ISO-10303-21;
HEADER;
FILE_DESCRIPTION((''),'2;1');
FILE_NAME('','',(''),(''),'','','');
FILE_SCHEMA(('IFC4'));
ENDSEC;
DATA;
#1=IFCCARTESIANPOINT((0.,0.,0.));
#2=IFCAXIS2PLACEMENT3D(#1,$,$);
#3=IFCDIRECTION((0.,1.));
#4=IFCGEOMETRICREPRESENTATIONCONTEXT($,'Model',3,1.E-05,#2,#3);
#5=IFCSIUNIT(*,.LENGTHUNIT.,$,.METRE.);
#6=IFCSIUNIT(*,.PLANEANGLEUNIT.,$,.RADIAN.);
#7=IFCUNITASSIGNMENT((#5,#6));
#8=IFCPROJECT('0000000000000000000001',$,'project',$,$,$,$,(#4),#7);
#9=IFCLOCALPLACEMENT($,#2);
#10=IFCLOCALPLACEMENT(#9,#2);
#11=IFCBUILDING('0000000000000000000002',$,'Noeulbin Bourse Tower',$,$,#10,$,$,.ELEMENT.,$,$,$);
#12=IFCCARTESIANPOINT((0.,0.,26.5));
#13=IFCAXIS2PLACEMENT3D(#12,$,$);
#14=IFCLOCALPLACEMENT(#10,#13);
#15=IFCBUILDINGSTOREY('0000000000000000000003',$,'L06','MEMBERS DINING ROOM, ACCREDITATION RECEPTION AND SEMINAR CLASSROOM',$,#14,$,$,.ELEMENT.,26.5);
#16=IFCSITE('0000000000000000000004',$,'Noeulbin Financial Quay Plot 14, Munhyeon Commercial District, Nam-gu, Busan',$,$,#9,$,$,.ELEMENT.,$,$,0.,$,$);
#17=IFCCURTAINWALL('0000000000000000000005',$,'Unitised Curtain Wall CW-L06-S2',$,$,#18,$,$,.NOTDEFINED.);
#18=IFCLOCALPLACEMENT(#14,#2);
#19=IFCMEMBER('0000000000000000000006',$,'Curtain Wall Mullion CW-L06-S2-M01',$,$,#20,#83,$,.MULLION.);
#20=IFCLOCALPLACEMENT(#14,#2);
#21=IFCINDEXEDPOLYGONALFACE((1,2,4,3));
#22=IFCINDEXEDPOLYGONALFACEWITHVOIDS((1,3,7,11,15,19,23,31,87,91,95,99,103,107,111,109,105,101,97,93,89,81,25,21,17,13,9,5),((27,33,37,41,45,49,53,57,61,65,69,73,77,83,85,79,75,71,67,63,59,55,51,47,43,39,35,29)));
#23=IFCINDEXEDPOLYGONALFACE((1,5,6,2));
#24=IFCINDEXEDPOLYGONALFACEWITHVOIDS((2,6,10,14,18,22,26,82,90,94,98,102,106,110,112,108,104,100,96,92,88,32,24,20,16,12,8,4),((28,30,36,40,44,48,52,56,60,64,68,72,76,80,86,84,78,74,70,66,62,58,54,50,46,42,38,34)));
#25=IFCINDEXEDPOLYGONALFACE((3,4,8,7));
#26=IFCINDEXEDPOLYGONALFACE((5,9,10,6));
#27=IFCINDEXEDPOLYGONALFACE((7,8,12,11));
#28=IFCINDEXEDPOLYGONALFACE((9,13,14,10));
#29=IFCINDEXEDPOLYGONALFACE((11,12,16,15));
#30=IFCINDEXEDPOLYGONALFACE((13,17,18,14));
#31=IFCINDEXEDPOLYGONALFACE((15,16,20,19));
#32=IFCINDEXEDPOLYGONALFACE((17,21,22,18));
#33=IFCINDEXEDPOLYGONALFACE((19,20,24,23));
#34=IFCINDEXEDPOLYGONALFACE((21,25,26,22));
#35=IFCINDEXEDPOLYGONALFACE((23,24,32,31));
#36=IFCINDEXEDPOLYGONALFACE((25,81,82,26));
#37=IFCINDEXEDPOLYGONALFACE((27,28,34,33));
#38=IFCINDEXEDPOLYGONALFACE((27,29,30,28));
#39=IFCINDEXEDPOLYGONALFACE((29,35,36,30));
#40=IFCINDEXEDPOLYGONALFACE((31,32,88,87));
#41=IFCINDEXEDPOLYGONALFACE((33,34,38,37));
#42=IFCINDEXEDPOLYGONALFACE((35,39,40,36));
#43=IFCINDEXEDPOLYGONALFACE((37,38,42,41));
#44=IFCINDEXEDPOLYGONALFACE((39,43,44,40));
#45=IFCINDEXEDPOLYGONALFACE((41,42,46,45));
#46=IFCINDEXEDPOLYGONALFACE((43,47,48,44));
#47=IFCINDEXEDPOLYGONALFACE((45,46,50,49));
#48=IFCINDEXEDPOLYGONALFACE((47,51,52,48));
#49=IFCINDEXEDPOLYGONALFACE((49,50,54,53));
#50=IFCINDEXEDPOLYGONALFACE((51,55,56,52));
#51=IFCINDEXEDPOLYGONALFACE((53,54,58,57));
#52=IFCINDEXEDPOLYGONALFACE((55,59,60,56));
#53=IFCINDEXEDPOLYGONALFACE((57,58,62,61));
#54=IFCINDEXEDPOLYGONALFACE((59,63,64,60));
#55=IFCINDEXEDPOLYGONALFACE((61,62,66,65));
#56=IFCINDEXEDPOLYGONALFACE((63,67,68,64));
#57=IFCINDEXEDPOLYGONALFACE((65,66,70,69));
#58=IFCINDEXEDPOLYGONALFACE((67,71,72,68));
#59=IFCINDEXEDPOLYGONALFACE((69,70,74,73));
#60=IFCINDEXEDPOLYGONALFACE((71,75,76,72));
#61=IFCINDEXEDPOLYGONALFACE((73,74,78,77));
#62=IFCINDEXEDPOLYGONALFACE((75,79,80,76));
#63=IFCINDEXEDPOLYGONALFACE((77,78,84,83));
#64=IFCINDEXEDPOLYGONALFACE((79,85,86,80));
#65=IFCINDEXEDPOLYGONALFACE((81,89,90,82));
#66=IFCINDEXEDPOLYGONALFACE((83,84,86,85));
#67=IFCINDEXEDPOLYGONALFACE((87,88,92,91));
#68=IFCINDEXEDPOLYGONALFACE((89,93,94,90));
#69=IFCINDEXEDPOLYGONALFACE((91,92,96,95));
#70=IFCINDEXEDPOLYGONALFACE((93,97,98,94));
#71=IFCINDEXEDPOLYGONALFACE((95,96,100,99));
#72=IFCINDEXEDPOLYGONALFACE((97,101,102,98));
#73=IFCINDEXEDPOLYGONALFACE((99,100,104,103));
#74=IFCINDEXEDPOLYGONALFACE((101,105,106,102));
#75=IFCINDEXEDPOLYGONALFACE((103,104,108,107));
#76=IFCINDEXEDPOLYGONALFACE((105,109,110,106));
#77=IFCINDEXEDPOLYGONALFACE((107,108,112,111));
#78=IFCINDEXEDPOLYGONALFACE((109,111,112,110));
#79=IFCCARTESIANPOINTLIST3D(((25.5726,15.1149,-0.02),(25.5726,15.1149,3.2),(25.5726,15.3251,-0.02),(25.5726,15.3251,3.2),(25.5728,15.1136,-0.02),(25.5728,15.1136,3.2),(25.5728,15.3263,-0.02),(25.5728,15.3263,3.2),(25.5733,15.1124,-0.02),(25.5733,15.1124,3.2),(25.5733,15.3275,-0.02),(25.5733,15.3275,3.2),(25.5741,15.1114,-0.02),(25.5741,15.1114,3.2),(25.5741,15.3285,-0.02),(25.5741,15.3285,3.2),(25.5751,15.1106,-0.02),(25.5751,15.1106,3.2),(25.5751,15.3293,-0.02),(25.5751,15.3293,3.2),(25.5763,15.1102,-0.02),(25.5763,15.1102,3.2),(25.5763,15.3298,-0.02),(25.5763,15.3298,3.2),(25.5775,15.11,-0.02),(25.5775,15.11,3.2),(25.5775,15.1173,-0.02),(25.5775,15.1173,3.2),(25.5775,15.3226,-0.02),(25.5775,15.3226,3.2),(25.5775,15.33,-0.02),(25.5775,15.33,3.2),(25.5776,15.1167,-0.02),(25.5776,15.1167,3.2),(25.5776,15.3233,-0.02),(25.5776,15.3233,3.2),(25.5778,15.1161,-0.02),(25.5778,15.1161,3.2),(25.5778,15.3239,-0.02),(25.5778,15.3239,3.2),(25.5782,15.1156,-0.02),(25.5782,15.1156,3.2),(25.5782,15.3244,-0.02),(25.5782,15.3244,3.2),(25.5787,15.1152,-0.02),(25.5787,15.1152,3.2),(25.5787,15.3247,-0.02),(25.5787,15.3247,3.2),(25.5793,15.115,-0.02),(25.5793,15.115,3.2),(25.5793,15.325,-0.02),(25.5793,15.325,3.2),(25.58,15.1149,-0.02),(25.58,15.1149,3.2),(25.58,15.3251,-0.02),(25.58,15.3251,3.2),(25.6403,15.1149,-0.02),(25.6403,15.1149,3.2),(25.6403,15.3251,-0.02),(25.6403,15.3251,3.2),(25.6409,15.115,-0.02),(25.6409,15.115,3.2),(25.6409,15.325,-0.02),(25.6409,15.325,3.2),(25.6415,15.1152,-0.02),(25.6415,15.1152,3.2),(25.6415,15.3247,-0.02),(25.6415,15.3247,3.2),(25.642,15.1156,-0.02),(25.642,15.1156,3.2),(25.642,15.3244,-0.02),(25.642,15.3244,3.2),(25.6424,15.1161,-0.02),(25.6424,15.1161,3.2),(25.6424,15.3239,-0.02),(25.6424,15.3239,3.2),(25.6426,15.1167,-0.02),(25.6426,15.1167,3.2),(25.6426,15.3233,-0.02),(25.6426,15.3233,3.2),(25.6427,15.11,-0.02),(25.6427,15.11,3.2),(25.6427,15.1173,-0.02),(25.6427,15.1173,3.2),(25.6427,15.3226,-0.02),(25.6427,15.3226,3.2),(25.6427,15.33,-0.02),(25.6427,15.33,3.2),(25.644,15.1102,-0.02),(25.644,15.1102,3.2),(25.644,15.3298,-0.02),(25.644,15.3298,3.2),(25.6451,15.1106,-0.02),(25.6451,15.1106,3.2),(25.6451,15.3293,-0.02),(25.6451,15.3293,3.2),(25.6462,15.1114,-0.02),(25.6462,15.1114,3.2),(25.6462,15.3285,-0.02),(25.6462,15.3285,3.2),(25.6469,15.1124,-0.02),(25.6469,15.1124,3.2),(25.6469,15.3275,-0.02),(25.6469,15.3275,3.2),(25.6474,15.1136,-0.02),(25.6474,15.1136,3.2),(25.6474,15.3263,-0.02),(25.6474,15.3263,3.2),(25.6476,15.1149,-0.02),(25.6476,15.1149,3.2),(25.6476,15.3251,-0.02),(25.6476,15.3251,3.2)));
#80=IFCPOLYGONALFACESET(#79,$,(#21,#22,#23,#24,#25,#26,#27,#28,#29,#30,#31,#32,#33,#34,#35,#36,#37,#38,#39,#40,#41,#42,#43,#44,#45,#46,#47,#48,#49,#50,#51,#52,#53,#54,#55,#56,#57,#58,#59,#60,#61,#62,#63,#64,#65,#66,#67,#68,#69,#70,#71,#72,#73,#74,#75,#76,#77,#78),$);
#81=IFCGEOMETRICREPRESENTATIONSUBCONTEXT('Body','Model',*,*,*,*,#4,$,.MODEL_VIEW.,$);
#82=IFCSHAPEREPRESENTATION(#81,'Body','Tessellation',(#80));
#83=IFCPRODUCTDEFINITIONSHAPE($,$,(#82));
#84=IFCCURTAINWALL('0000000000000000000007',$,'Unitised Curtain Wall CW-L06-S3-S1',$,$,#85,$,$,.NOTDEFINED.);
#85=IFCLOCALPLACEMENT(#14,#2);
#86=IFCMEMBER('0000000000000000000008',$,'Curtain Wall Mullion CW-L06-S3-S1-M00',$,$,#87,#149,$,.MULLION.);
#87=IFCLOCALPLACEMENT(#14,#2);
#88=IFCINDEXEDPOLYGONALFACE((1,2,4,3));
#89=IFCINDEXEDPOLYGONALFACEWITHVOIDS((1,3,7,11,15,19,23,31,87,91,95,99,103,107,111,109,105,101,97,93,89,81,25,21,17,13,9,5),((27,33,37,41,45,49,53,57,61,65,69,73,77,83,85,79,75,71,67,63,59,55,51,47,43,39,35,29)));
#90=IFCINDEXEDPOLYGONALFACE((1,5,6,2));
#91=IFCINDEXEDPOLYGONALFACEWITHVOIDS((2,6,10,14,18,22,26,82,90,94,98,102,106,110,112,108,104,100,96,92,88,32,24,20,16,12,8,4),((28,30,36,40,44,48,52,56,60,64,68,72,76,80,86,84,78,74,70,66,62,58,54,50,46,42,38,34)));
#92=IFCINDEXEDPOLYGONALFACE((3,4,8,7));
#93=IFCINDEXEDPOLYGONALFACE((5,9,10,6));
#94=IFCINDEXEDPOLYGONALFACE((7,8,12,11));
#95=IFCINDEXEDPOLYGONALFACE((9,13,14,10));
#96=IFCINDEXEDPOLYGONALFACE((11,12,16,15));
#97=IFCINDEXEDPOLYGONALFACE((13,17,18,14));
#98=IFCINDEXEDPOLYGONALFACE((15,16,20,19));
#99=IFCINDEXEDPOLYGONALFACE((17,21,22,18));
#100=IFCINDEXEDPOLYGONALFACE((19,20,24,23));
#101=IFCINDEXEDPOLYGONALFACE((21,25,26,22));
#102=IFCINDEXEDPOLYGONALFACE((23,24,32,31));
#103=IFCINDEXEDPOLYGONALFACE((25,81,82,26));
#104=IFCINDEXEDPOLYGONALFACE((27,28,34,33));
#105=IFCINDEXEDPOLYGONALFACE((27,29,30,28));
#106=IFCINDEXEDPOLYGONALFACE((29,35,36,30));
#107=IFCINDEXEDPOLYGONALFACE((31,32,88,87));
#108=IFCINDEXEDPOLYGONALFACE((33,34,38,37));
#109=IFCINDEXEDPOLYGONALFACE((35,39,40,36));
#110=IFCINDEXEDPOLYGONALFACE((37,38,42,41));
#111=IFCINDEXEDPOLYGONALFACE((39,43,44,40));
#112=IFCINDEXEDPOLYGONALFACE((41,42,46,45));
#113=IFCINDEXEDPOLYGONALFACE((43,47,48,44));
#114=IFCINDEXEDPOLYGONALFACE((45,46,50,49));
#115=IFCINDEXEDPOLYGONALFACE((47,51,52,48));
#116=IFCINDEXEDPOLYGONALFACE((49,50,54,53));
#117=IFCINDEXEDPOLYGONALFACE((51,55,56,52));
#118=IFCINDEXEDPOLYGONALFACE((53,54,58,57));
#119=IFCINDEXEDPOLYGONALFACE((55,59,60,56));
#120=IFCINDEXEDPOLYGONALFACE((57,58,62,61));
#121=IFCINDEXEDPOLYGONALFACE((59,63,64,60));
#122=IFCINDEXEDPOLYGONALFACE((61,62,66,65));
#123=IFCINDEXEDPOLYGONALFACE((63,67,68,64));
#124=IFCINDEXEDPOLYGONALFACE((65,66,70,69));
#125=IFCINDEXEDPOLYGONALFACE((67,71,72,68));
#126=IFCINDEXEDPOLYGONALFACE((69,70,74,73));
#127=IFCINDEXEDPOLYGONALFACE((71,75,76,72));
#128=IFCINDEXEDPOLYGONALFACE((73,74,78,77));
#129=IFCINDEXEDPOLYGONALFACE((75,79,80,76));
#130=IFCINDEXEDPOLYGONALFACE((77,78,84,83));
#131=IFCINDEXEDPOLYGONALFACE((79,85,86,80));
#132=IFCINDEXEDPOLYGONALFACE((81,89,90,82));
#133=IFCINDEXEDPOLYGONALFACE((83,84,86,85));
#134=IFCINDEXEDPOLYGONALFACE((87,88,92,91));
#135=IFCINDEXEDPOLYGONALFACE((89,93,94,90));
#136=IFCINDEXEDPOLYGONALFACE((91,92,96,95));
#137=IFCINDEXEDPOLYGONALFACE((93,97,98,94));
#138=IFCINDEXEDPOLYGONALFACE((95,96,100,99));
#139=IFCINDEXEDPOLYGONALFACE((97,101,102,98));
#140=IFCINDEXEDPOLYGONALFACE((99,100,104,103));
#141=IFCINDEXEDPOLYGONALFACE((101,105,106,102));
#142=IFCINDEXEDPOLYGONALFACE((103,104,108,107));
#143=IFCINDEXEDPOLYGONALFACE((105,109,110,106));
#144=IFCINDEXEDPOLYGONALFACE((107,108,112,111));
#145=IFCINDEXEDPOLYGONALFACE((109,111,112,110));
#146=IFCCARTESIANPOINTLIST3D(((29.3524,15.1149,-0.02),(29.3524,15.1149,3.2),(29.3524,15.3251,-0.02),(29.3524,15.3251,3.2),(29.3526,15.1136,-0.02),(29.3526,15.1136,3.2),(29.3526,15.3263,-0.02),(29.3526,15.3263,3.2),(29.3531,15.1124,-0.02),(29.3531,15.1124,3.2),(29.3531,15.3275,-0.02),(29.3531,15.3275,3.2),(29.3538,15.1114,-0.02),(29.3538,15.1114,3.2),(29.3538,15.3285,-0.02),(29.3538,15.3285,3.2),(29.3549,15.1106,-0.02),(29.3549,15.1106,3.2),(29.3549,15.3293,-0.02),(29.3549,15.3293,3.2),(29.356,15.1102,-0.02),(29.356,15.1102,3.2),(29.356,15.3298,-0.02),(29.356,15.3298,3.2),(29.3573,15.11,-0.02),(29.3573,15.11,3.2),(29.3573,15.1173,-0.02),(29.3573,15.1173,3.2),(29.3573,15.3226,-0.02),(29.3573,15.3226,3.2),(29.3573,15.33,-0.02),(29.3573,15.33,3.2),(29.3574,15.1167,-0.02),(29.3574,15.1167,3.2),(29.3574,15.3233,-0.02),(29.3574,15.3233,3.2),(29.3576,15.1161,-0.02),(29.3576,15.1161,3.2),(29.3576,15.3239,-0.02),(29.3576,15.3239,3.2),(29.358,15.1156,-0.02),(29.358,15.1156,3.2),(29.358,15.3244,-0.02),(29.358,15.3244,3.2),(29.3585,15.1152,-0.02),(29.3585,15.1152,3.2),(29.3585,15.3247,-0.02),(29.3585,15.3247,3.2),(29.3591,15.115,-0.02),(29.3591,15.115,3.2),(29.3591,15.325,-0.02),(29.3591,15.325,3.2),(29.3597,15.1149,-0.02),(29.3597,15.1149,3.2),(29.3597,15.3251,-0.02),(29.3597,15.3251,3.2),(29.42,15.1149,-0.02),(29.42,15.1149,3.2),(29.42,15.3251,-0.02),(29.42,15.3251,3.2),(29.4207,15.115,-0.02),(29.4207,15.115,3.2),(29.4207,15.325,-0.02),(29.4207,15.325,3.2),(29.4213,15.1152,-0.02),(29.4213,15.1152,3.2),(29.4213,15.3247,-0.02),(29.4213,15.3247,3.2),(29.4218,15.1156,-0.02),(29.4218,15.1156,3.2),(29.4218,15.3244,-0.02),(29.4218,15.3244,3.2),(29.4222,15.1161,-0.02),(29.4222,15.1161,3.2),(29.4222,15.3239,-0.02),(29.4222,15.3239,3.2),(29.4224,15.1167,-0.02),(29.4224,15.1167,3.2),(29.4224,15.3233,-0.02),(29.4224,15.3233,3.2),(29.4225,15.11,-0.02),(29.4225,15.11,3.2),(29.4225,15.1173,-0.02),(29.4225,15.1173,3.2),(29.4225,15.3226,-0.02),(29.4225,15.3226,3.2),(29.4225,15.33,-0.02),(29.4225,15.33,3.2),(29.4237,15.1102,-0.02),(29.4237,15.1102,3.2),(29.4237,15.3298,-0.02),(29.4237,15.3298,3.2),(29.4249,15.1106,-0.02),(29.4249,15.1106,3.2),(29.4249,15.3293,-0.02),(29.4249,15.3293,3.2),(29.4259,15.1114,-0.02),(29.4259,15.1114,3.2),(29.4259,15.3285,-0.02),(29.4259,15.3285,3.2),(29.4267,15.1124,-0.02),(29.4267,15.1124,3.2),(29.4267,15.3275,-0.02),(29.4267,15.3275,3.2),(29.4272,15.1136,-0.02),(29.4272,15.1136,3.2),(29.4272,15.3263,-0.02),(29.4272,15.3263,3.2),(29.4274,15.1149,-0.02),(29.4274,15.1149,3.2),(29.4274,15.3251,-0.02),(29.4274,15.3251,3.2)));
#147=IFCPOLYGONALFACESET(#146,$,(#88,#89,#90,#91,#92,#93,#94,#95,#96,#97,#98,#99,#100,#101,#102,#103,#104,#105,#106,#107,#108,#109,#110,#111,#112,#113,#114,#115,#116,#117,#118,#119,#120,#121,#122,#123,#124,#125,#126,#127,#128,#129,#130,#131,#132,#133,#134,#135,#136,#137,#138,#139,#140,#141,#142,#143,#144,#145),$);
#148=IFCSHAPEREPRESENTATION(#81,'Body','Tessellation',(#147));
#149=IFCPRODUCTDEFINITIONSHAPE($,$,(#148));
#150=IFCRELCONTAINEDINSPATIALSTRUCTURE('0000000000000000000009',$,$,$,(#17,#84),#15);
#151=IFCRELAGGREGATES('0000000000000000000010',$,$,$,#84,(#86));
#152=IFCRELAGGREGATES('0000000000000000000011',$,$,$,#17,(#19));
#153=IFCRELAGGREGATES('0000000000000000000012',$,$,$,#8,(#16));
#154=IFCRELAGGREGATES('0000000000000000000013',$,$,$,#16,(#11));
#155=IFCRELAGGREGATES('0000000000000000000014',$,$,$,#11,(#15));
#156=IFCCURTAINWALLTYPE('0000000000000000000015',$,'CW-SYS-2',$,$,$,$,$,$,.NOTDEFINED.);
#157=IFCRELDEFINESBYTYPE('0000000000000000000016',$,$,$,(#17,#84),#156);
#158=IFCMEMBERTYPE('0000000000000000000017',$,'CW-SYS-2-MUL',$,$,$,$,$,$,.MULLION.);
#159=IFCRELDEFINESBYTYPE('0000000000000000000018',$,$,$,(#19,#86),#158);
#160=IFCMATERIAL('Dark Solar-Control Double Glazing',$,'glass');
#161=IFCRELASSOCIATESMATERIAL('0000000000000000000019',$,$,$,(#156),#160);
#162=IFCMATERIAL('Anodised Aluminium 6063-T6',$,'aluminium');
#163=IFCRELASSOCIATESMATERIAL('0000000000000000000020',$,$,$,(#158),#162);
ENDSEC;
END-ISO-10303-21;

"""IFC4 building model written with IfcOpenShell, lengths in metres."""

from ifc_helpers import new_model, si_unit, direction, frame, origin, origin_2d, place, context, subcontext, project, spatial, hollow_rectangle, extrude, material, material_profile, profile_set, type_object, element, aggregate, save


model = new_model("IFC4")

# Units and contexts
model_context = context("Model", 3, precision=1e-05, world=origin(), true_north=direction((0.0, 1.0)))
body_context = subcontext(model_context, "Body", "Model", "MODEL_VIEW")
ifc_project = project(units=[si_unit("LENGTHUNIT", "METRE"), si_unit("PLANEANGLEUNIT", "RADIAN")], contexts=[model_context])

# Site, building, storey
site_placement = place(None, origin())
site = spatial("IfcSite", under=ifc_project, at=site_placement, Name="Noeulbin Financial Quay Plot 14, Munhyeon Commercial District, Nam-gu, Busan", CompositionType="ELEMENT", RefElevation=0.0)
building_placement = place(site_placement, origin())
building = spatial("IfcBuilding", under=site, at=building_placement, Name="Noeulbin Bourse Tower", CompositionType="ELEMENT")
storey_placement = place(building_placement, frame((0.0, 0.0, 26.5)))
storey = spatial("IfcBuildingStorey", under=building, at=storey_placement, Name="L06", Description="MEMBERS DINING ROOM, ACCREDITATION RECEPTION AND SEMINAR CLASSROOM", CompositionType="ELEMENT", Elevation=26.5)

# Shared definitions
ifc_material_1 = material(Name="Dark Solar-Control Double Glazing", Category="glass")
curtain_wall_type = type_object("IfcCurtainWallType", Name="CW-SYS-2", PredefinedType="NOTDEFINED", material=ifc_material_1)
ifc_material_2 = material(Name="Anodised Aluminium 6063-T6", Category="aluminium")
ifc_material_profile_1 = material_profile(ifc_material_2, hollow_rectangle(XDim=0.075, YDim=0.22, WallThickness=0.0049, InnerFilletRadius=0.0024, OuterFilletRadius=0.0049, at=origin_2d()), Name="ALU-MULL-75x220x5", Category="LoadBearing")
ifc_profile_set_1 = profile_set([ifc_material_profile_1], Name="Anodised Aluminium 6063-T6")
member_type_1 = type_object("IfcMemberType", Name="CW-SYS-2-MUL", PredefinedType="MULLION", material=ifc_profile_set_1)

# Curtain walls, members
curtain_wall_1_placement = place(storey_placement, origin())
curtain_wall_1 = element("IfcCurtainWall", 1, at=curtain_wall_1_placement, inside=storey, type_object=curtain_wall_type, Name="Unitised Curtain Wall CW-L06-S2", PredefinedType="NOTDEFINED")
member_1_placement = place(storey_placement, frame((25.6101, 15.22, -0.02), z_axis=(0.0, 0.0, 1.0), x_axis=(1.0, 0.0, 0.0)))
member_1 = element("IfcMember", 2, at=member_1_placement, type_object=member_type_1, Name="Curtain Wall Mullion CW-L06-S2-M01", PredefinedType="MULLION", context=body_context, shape_type="SweptSolid", body=[
    extrude(hollow_rectangle(XDim=0.075, YDim=0.22, WallThickness=0.0049, InnerFilletRadius=0.0024, OuterFilletRadius=0.0049, at=origin_2d()), origin(), (0.0, 0.0, 1.0), 3.22),
])
curtain_wall_2_placement = place(storey_placement, origin())
curtain_wall_2 = element("IfcCurtainWall", 3, at=curtain_wall_2_placement, inside=storey, type_object=curtain_wall_type, Name="Unitised Curtain Wall CW-L06-S3-S1", PredefinedType="NOTDEFINED")
member_2_placement = place(storey_placement, frame((29.3899, 15.22, -0.02), z_axis=(0.0, 0.0, 1.0), x_axis=(1.0, 0.0, 0.0)))
member_2 = element("IfcMember", 4, at=member_2_placement, type_object=member_type_1, Name="Curtain Wall Mullion CW-L06-S3-S1-M00", PredefinedType="MULLION", context=body_context, shape_type="SweptSolid", body=[
    extrude(hollow_rectangle(XDim=0.075, YDim=0.22, WallThickness=0.0049, InnerFilletRadius=0.0024, OuterFilletRadius=0.0049, at=origin_2d()), origin(), (0.0, 0.0, 1.0), 3.22),
])

aggregate(curtain_wall_2, [member_2])

aggregate(curtain_wall_1, [member_1])

save(model, "model.ifc")
